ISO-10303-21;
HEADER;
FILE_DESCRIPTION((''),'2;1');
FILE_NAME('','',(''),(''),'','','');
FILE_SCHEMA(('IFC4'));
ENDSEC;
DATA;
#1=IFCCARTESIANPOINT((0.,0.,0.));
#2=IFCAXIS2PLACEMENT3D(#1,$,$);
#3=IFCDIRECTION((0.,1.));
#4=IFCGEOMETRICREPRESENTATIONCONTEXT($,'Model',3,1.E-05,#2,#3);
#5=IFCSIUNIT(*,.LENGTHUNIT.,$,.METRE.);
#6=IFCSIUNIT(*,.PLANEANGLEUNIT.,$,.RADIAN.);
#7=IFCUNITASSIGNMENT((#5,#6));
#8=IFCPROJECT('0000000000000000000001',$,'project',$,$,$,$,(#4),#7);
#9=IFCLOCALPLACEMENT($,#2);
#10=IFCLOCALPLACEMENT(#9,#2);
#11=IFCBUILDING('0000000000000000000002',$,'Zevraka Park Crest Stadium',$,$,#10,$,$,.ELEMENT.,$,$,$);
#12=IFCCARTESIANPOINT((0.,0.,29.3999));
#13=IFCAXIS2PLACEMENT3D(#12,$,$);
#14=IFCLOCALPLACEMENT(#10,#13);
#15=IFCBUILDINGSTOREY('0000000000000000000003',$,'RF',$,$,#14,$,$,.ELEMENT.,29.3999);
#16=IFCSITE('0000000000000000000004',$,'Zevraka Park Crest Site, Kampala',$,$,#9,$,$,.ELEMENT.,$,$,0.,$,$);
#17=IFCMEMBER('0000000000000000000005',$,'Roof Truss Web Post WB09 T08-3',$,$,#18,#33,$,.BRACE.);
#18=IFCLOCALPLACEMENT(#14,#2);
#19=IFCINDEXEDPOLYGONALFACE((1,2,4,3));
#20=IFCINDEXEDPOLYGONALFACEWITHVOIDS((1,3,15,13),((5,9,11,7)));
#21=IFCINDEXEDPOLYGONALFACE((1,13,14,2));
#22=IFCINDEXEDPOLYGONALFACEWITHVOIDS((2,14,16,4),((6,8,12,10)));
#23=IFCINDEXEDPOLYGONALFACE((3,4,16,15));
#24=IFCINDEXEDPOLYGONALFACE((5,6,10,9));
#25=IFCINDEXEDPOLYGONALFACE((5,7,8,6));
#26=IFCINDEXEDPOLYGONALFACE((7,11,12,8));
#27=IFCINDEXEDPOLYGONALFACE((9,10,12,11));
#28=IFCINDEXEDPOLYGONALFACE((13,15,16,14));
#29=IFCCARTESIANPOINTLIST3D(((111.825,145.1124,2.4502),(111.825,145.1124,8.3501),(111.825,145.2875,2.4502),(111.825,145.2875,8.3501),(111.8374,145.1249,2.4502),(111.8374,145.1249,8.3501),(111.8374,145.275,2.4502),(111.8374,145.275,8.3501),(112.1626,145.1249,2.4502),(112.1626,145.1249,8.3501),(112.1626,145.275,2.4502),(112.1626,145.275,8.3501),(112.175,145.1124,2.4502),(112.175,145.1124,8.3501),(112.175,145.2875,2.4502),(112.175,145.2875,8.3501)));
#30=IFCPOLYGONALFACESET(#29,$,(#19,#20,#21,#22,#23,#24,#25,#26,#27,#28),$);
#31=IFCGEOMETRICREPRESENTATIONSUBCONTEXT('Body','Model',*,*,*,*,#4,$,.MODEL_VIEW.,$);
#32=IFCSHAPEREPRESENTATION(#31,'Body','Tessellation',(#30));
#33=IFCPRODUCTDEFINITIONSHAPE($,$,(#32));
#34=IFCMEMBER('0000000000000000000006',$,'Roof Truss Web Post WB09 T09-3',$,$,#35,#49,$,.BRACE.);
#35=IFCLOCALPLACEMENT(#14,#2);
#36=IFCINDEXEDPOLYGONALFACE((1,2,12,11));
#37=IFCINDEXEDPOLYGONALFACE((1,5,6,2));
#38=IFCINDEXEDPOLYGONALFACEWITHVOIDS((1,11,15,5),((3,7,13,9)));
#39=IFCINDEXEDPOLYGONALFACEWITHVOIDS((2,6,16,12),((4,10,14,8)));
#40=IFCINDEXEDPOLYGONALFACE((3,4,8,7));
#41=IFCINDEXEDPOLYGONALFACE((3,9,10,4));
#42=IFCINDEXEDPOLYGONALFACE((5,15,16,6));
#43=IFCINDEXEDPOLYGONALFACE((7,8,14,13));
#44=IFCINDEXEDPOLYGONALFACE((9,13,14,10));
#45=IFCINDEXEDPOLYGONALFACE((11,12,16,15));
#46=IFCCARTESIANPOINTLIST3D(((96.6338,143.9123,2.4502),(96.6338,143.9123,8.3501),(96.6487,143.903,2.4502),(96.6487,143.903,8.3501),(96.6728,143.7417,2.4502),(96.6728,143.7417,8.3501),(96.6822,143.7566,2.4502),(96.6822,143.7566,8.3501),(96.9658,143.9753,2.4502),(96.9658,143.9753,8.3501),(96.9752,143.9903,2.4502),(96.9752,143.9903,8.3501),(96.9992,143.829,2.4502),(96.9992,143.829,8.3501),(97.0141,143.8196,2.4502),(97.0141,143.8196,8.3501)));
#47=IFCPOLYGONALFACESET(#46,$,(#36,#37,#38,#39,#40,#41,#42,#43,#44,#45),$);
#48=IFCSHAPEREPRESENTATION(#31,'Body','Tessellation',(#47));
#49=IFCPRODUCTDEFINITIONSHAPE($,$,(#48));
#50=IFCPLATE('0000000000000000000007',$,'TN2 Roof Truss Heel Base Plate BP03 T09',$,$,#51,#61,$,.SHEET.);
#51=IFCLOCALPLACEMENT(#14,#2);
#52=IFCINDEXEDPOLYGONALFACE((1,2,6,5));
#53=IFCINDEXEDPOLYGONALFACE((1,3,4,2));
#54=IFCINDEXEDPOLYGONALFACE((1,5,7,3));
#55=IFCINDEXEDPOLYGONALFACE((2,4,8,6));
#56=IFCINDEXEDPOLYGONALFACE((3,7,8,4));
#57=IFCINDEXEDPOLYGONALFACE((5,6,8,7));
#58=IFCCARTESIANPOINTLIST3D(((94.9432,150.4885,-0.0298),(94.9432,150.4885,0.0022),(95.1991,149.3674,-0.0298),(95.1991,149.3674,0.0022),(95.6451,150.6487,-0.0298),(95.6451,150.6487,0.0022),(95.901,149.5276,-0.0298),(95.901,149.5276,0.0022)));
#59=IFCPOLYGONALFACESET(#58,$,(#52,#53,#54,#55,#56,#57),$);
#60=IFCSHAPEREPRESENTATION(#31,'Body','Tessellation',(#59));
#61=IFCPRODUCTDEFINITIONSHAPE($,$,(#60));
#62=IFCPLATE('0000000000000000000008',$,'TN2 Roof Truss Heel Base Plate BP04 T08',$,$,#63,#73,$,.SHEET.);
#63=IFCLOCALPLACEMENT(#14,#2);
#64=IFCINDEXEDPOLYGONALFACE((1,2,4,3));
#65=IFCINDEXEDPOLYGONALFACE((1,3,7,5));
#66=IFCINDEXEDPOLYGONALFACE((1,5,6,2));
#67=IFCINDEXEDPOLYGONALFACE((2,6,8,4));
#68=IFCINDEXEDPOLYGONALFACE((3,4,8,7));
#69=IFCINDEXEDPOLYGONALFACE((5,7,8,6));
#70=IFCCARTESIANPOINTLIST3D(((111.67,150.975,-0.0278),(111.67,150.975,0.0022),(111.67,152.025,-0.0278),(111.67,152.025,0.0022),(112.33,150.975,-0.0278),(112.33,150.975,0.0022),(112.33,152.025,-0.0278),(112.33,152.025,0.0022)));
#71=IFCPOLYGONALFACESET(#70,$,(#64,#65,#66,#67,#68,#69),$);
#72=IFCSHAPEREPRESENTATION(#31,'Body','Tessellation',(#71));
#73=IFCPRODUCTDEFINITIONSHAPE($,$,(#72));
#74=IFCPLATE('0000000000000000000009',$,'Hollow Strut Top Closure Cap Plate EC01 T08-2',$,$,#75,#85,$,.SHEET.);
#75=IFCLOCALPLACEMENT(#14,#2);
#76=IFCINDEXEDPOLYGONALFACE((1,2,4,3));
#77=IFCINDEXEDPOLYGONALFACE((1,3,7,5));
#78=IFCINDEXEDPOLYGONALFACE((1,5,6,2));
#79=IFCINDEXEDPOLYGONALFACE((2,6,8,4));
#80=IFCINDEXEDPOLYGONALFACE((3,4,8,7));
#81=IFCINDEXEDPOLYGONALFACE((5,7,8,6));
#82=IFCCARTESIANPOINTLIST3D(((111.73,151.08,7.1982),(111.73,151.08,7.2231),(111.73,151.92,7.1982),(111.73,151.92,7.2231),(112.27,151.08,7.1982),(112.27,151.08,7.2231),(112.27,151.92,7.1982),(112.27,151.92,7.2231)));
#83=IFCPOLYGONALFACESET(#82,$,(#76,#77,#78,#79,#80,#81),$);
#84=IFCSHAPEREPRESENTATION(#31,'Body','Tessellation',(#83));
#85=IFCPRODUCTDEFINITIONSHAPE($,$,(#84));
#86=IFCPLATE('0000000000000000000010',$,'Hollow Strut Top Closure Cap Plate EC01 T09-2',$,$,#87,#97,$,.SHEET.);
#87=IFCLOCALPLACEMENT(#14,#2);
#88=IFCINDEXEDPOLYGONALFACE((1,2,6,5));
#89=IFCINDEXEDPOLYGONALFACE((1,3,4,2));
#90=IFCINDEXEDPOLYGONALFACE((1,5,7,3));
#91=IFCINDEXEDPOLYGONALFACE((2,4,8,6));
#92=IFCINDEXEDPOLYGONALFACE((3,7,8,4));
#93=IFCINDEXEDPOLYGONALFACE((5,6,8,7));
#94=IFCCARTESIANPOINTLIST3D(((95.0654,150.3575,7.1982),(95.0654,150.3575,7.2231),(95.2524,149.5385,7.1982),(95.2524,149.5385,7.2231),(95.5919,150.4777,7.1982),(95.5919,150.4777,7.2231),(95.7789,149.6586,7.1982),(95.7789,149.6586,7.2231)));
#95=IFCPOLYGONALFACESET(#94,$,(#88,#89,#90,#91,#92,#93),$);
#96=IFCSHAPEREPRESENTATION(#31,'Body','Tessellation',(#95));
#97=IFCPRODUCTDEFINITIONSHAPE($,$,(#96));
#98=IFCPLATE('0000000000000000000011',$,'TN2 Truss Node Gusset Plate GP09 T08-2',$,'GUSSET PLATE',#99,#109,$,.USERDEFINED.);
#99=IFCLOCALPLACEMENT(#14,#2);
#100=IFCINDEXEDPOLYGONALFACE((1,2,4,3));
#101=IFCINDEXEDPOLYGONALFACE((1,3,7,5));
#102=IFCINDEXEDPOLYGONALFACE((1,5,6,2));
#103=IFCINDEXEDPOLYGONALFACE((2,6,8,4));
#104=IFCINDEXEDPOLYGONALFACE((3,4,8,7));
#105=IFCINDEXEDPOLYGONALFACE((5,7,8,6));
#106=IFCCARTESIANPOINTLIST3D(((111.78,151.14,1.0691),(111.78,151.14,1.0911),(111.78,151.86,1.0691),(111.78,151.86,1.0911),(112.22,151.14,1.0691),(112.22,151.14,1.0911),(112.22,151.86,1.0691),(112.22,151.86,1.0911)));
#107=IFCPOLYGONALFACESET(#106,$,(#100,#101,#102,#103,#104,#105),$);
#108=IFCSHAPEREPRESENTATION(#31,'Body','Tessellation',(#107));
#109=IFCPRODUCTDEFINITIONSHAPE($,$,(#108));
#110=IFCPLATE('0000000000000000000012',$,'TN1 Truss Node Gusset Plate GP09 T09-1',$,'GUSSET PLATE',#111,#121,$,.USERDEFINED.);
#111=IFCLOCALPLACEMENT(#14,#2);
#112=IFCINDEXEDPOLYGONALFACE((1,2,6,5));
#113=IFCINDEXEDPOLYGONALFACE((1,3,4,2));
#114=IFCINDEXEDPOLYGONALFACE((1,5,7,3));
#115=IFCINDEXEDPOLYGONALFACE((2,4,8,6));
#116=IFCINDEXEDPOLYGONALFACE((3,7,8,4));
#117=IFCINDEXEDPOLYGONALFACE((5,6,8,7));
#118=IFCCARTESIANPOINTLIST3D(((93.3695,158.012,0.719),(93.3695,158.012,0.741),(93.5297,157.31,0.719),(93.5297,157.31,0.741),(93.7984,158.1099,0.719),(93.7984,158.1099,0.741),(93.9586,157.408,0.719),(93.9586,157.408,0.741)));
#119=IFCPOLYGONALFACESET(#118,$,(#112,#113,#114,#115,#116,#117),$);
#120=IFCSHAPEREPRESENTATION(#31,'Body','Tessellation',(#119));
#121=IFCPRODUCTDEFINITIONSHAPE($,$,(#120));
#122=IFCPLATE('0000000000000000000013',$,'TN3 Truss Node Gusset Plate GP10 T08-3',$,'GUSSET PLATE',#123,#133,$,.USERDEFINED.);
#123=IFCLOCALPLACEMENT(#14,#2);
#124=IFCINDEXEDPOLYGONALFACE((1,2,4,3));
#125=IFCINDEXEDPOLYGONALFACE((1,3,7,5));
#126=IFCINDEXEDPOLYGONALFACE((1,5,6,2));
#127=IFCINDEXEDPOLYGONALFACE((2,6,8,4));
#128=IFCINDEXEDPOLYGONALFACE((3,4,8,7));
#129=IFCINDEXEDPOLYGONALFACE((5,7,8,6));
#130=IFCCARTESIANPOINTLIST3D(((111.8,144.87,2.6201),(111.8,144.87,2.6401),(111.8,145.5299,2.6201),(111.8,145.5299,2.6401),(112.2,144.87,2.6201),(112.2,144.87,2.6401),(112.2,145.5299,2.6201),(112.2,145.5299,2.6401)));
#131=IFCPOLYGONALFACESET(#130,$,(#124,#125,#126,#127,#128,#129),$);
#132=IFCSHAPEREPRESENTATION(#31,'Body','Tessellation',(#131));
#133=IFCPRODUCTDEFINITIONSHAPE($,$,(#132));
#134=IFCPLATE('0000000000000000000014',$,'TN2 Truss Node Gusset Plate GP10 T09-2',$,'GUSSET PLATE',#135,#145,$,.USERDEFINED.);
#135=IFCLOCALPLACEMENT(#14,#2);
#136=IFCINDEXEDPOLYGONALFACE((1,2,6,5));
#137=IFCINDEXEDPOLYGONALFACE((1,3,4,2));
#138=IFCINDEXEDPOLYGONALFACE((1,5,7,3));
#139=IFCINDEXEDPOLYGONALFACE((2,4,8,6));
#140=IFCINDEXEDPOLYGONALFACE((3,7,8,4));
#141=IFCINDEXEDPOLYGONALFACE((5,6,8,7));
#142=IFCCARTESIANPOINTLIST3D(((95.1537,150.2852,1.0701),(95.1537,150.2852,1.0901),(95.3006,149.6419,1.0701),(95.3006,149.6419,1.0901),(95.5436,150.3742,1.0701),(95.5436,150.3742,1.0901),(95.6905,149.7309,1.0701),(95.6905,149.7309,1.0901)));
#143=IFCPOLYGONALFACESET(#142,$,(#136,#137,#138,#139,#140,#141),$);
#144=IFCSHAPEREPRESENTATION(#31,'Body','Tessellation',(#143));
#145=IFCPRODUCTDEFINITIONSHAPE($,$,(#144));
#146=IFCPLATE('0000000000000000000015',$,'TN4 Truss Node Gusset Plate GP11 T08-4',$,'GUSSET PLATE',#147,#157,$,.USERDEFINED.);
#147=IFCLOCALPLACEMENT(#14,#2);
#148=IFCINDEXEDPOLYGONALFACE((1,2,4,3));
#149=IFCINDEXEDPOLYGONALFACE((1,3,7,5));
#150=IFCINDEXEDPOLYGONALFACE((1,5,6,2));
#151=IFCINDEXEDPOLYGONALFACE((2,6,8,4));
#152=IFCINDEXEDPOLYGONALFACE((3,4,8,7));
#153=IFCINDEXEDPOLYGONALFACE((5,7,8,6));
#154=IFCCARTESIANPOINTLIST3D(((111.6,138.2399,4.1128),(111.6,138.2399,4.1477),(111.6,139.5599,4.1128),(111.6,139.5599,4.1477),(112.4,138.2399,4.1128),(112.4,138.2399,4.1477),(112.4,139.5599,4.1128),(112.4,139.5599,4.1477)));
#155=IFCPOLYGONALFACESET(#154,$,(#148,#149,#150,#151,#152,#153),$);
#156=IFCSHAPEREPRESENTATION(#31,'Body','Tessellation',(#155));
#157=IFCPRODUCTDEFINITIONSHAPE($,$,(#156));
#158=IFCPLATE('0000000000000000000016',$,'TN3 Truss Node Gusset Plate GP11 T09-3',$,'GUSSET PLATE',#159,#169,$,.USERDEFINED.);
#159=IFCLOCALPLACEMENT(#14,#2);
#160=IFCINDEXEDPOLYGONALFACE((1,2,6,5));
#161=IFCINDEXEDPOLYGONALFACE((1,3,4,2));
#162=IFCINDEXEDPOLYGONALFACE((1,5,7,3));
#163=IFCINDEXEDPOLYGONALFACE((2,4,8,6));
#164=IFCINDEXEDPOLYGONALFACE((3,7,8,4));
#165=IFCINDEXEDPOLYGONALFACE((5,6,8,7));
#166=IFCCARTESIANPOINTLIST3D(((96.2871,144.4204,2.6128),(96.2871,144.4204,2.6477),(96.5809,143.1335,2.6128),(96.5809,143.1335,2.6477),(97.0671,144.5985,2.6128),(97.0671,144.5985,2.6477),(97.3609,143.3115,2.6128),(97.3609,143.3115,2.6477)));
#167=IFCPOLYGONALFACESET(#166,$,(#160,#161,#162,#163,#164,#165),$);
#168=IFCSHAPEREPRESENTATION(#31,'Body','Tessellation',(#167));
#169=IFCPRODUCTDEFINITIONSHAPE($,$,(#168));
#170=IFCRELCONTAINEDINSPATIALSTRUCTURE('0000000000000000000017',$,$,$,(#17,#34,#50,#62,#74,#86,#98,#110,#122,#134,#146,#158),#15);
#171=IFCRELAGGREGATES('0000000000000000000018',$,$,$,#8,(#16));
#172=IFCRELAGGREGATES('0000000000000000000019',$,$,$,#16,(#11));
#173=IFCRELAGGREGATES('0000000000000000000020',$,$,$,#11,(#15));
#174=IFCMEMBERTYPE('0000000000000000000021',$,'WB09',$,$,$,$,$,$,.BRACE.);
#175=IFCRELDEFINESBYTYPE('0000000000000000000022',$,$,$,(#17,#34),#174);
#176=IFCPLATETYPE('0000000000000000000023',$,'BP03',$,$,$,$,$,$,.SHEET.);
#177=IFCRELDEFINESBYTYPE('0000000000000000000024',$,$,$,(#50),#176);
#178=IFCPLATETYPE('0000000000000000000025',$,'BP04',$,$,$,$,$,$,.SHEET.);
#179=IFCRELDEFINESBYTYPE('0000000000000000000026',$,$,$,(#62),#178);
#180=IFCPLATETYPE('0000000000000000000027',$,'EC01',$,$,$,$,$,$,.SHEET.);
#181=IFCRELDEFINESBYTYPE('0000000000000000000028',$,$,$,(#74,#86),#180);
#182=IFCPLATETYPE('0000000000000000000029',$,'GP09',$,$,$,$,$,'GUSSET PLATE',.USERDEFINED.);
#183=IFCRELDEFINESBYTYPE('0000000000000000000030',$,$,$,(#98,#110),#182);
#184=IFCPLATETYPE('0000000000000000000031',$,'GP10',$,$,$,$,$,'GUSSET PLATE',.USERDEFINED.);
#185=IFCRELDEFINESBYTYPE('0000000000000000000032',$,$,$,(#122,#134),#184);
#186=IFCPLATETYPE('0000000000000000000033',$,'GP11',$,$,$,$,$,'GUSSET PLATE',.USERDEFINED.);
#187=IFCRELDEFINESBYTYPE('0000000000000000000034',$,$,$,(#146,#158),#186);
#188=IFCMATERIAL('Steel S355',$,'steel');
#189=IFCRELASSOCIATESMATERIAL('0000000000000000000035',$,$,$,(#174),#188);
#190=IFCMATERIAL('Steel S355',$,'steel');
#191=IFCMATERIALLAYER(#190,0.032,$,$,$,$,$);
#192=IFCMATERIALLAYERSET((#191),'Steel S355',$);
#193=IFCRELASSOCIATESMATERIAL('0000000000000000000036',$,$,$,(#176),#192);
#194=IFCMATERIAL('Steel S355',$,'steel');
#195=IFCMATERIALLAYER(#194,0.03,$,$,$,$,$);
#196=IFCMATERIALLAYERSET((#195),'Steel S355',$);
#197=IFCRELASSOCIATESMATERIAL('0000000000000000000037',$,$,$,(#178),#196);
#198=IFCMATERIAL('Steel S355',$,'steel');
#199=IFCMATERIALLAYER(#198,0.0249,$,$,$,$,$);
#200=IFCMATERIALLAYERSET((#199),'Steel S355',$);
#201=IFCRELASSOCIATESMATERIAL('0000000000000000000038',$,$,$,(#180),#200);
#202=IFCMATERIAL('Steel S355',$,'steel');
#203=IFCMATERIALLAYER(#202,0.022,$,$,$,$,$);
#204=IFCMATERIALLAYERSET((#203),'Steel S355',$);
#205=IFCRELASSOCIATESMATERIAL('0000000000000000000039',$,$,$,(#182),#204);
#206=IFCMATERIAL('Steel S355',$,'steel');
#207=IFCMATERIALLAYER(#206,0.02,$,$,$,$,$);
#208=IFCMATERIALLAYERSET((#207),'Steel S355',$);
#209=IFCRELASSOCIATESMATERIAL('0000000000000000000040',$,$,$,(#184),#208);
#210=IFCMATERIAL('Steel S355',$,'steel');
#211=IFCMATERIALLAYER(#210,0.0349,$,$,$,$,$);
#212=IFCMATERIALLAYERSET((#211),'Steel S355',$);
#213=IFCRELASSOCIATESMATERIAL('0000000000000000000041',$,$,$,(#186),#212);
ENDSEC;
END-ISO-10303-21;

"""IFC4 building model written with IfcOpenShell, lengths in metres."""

from ifc_helpers import new_model, si_unit, direction, frame, origin, origin_2d, place, context, subcontext, project, spatial, rectangle, hollow_rectangle, extrude, material, layer, layer_set, material_profile, profile_set, type_object, element, save


model = new_model("IFC4")

# Units and contexts
model_context = context("Model", 3, precision=1e-05, world=origin(), true_north=direction((0.0, 1.0)))
body_context = subcontext(model_context, "Body", "Model", "MODEL_VIEW")
ifc_project = project(units=[si_unit("LENGTHUNIT", "METRE"), si_unit("PLANEANGLEUNIT", "RADIAN")], contexts=[model_context])

# Site, building, storey
site_placement = place(None, origin())
site = spatial("IfcSite", under=ifc_project, at=site_placement, Name="Zevraka Park Crest Site, Kampala", CompositionType="ELEMENT", RefElevation=0.0)
building_placement = place(site_placement, origin())
building = spatial("IfcBuilding", under=site, at=building_placement, Name="Zevraka Park Crest Stadium", CompositionType="ELEMENT")
storey_placement = place(building_placement, frame((0.0, 0.0, 29.3999)))
storey = spatial("IfcBuildingStorey", under=building, at=storey_placement, Name="RF", CompositionType="ELEMENT", Elevation=29.3999)

# Members
ifc_material_1 = material(Name="Steel S355", Category="steel")
ifc_material_profile_1 = material_profile(ifc_material_1, hollow_rectangle(XDim=0.175, YDim=0.3501, WallThickness=0.0125, at=origin_2d()), Name="RHS 350x175x12.5")
ifc_profile_set_1 = profile_set([ifc_material_profile_1], Name="Steel S355")
member_type_1 = type_object("IfcMemberType", Name="WB09", PredefinedType="BRACE", material=ifc_profile_set_1)
for number, where, z_axis, x_axis, name in (
    (1, (112.0, 145.2, 2.4502), (0.0, 0.0, 1.0), (0.0, 1.0, 0.0), "Roof Truss Web Post WB09 T08-3"),
    (2, (96.824, 143.866, 2.4502), (0.0, 0.0, 1.0), (-0.22257, 0.974917, 0.0), "Roof Truss Web Post WB09 T09-3"),
):
    element("IfcMember", number, at=place(storey_placement, frame(where, z_axis=z_axis, x_axis=x_axis)), inside=storey, type_object=member_type_1, Name=name, PredefinedType="BRACE", context=body_context, shape_type="SweptSolid", body=[
        extrude(hollow_rectangle(XDim=0.175, YDim=0.3501, WallThickness=0.0125, at=origin_2d()), origin(), (0.0, 0.0, 1.0), 5.8999),
    ])

# Plates
ifc_material_2 = material(Name="Steel S355", Category="steel")
ifc_layer_1 = layer(ifc_material_2, 0.032)
ifc_layer_set_1 = layer_set([ifc_layer_1], Name="Steel S355")
plate_type_1 = type_object("IfcPlateType", Name="BP03", PredefinedType="SHEET", material=ifc_layer_set_1)
plate_1_placement = place(storey_placement, frame((95.4221, 150.0081, -0.0298), z_axis=(0.0, 0.0, 1.0), x_axis=(-0.22257, 0.974917, 0.0)))
element("IfcPlate", 3, at=plate_1_placement, inside=storey, type_object=plate_type_1, Name="TN2 Roof Truss Heel Base Plate BP03 T09", PredefinedType="SHEET", context=body_context, shape_type="SweptSolid", body=[
    extrude(rectangle(XDim=1.1499, YDim=0.72, at=origin_2d()), origin(), (0.0, 0.0, 1.0), 0.032),
])
ifc_material_3 = material(Name="Steel S355", Category="steel")
ifc_layer_2 = layer(ifc_material_3, 0.03)
ifc_layer_set_2 = layer_set([ifc_layer_2], Name="Steel S355")
plate_type_2 = type_object("IfcPlateType", Name="BP04", PredefinedType="SHEET", material=ifc_layer_set_2)
plate_2_placement = place(storey_placement, frame((112.0, 151.5, -0.0278), z_axis=(0.0, 0.0, 1.0), x_axis=(0.0, 1.0, 0.0)))
element("IfcPlate", 4, at=plate_2_placement, inside=storey, type_object=plate_type_2, Name="TN2 Roof Truss Heel Base Plate BP04 T08", PredefinedType="SHEET", context=body_context, shape_type="SweptSolid", body=[
    extrude(rectangle(XDim=1.05, YDim=0.6599, at=origin_2d()), origin(), (0.0, 0.0, 1.0), 0.03),
])
ifc_material_4 = material(Name="Steel S355", Category="steel")
ifc_layer_3 = layer(ifc_material_4, 0.0249)
ifc_layer_set_3 = layer_set([ifc_layer_3], Name="Steel S355")
plate_type_3 = type_object("IfcPlateType", Name="EC01", PredefinedType="SHEET", material=ifc_layer_set_3)
for number, where, z_axis, x_axis, name in (
    (5, (112.0, 151.5, 7.1982), (0.0, 0.0, 1.0), (0.0, 1.0, 0.0), "Hollow Strut Top Closure Cap Plate EC01 T08-2"),
    (6, (95.4221, 150.0081, 7.1982), (0.0, 0.0, 1.0), (-0.22257, 0.974917, 0.0), "Hollow Strut Top Closure Cap Plate EC01 T09-2"),
):
    element("IfcPlate", number, at=place(storey_placement, frame(where, z_axis=z_axis, x_axis=x_axis)), inside=storey, type_object=plate_type_3, Name=name, PredefinedType="SHEET", context=body_context, shape_type="SweptSolid", body=[
        extrude(rectangle(XDim=0.8401, YDim=0.54, at=origin_2d()), origin(), (0.0, 0.0, 1.0), 0.0249),
    ])
ifc_material_5 = material(Name="Steel S355", Category="steel")
ifc_layer_4 = layer(ifc_material_5, 0.022)
ifc_layer_set_4 = layer_set([ifc_layer_4], Name="Steel S355")
plate_type_4 = type_object("IfcPlateType", Name="GP09", ElementType="GUSSET PLATE", PredefinedType="USERDEFINED", material=ifc_layer_set_4)
for number, where, z_axis, x_axis, name in (
    (7, (112.0, 151.5, 1.0691), (0.0, 0.0, 1.0), (0.0, 1.0, 0.0), "TN2 Truss Node Gusset Plate GP09 T08-2"),
    (8, (93.6641, 157.71, 0.719), (0.0, 0.0, 1.0), (-0.22257, 0.974917, 0.0), "TN1 Truss Node Gusset Plate GP09 T09-1"),
):
    element("IfcPlate", number, at=place(storey_placement, frame(where, z_axis=z_axis, x_axis=x_axis)), inside=storey, type_object=plate_type_4, Name=name, ObjectType="GUSSET PLATE", PredefinedType="USERDEFINED", context=body_context, shape_type="SweptSolid", body=[
        extrude(rectangle(XDim=0.72, YDim=0.4399, at=origin_2d()), origin(), (0.0, 0.0, 1.0), 0.022),
    ])
ifc_material_6 = material(Name="Steel S355", Category="steel")
ifc_layer_5 = layer(ifc_material_6, 0.02)
ifc_layer_set_5 = layer_set([ifc_layer_5], Name="Steel S355")
plate_type_5 = type_object("IfcPlateType", Name="GP10", ElementType="GUSSET PLATE", PredefinedType="USERDEFINED", material=ifc_layer_set_5)
for number, where, z_axis, x_axis, name in (
    (9, (112.0, 145.2, 2.6201), (0.0, 0.0, 1.0), (0.0, 1.0, 0.0), "TN3 Truss Node Gusset Plate GP10 T08-3"),
    (10, (95.4221, 150.0081, 1.0701), (0.0, 0.0, 1.0), (-0.22257, 0.974917, 0.0), "TN2 Truss Node Gusset Plate GP10 T09-2"),
):
    element("IfcPlate", number, at=place(storey_placement, frame(where, z_axis=z_axis, x_axis=x_axis)), inside=storey, type_object=plate_type_5, Name=name, ObjectType="GUSSET PLATE", PredefinedType="USERDEFINED", context=body_context, shape_type="SweptSolid", body=[
        extrude(rectangle(XDim=0.6599, YDim=0.3999, at=origin_2d()), origin(), (0.0, 0.0, 1.0), 0.02),
    ])
ifc_material_7 = material(Name="Steel S355", Category="steel")
ifc_layer_6 = layer(ifc_material_7, 0.0349)
ifc_layer_set_6 = layer_set([ifc_layer_6], Name="Steel S355")
plate_type_6 = type_object("IfcPlateType", Name="GP11", ElementType="GUSSET PLATE", PredefinedType="USERDEFINED", material=ifc_layer_set_6)
for number, where, z_axis, x_axis, name in (
    (11, (112.0, 138.8999, 4.1128), (0.0, 0.0, 1.0), (0.0, 1.0, 0.0), "TN4 Truss Node Gusset Plate GP11 T08-4"),
    (12, (96.824, 143.866, 2.6128), (0.0, 0.0, 1.0), (-0.22257, 0.974917, 0.0), "TN3 Truss Node Gusset Plate GP11 T09-3"),
):
    element("IfcPlate", number, at=place(storey_placement, frame(where, z_axis=z_axis, x_axis=x_axis)), inside=storey, type_object=plate_type_6, Name=name, ObjectType="GUSSET PLATE", PredefinedType="USERDEFINED", context=body_context, shape_type="SweptSolid", body=[
        extrude(rectangle(XDim=1.3201, YDim=0.8, at=origin_2d()), origin(), (0.0, 0.0, 1.0), 0.0349),
    ])

save(model, "model.ifc")
